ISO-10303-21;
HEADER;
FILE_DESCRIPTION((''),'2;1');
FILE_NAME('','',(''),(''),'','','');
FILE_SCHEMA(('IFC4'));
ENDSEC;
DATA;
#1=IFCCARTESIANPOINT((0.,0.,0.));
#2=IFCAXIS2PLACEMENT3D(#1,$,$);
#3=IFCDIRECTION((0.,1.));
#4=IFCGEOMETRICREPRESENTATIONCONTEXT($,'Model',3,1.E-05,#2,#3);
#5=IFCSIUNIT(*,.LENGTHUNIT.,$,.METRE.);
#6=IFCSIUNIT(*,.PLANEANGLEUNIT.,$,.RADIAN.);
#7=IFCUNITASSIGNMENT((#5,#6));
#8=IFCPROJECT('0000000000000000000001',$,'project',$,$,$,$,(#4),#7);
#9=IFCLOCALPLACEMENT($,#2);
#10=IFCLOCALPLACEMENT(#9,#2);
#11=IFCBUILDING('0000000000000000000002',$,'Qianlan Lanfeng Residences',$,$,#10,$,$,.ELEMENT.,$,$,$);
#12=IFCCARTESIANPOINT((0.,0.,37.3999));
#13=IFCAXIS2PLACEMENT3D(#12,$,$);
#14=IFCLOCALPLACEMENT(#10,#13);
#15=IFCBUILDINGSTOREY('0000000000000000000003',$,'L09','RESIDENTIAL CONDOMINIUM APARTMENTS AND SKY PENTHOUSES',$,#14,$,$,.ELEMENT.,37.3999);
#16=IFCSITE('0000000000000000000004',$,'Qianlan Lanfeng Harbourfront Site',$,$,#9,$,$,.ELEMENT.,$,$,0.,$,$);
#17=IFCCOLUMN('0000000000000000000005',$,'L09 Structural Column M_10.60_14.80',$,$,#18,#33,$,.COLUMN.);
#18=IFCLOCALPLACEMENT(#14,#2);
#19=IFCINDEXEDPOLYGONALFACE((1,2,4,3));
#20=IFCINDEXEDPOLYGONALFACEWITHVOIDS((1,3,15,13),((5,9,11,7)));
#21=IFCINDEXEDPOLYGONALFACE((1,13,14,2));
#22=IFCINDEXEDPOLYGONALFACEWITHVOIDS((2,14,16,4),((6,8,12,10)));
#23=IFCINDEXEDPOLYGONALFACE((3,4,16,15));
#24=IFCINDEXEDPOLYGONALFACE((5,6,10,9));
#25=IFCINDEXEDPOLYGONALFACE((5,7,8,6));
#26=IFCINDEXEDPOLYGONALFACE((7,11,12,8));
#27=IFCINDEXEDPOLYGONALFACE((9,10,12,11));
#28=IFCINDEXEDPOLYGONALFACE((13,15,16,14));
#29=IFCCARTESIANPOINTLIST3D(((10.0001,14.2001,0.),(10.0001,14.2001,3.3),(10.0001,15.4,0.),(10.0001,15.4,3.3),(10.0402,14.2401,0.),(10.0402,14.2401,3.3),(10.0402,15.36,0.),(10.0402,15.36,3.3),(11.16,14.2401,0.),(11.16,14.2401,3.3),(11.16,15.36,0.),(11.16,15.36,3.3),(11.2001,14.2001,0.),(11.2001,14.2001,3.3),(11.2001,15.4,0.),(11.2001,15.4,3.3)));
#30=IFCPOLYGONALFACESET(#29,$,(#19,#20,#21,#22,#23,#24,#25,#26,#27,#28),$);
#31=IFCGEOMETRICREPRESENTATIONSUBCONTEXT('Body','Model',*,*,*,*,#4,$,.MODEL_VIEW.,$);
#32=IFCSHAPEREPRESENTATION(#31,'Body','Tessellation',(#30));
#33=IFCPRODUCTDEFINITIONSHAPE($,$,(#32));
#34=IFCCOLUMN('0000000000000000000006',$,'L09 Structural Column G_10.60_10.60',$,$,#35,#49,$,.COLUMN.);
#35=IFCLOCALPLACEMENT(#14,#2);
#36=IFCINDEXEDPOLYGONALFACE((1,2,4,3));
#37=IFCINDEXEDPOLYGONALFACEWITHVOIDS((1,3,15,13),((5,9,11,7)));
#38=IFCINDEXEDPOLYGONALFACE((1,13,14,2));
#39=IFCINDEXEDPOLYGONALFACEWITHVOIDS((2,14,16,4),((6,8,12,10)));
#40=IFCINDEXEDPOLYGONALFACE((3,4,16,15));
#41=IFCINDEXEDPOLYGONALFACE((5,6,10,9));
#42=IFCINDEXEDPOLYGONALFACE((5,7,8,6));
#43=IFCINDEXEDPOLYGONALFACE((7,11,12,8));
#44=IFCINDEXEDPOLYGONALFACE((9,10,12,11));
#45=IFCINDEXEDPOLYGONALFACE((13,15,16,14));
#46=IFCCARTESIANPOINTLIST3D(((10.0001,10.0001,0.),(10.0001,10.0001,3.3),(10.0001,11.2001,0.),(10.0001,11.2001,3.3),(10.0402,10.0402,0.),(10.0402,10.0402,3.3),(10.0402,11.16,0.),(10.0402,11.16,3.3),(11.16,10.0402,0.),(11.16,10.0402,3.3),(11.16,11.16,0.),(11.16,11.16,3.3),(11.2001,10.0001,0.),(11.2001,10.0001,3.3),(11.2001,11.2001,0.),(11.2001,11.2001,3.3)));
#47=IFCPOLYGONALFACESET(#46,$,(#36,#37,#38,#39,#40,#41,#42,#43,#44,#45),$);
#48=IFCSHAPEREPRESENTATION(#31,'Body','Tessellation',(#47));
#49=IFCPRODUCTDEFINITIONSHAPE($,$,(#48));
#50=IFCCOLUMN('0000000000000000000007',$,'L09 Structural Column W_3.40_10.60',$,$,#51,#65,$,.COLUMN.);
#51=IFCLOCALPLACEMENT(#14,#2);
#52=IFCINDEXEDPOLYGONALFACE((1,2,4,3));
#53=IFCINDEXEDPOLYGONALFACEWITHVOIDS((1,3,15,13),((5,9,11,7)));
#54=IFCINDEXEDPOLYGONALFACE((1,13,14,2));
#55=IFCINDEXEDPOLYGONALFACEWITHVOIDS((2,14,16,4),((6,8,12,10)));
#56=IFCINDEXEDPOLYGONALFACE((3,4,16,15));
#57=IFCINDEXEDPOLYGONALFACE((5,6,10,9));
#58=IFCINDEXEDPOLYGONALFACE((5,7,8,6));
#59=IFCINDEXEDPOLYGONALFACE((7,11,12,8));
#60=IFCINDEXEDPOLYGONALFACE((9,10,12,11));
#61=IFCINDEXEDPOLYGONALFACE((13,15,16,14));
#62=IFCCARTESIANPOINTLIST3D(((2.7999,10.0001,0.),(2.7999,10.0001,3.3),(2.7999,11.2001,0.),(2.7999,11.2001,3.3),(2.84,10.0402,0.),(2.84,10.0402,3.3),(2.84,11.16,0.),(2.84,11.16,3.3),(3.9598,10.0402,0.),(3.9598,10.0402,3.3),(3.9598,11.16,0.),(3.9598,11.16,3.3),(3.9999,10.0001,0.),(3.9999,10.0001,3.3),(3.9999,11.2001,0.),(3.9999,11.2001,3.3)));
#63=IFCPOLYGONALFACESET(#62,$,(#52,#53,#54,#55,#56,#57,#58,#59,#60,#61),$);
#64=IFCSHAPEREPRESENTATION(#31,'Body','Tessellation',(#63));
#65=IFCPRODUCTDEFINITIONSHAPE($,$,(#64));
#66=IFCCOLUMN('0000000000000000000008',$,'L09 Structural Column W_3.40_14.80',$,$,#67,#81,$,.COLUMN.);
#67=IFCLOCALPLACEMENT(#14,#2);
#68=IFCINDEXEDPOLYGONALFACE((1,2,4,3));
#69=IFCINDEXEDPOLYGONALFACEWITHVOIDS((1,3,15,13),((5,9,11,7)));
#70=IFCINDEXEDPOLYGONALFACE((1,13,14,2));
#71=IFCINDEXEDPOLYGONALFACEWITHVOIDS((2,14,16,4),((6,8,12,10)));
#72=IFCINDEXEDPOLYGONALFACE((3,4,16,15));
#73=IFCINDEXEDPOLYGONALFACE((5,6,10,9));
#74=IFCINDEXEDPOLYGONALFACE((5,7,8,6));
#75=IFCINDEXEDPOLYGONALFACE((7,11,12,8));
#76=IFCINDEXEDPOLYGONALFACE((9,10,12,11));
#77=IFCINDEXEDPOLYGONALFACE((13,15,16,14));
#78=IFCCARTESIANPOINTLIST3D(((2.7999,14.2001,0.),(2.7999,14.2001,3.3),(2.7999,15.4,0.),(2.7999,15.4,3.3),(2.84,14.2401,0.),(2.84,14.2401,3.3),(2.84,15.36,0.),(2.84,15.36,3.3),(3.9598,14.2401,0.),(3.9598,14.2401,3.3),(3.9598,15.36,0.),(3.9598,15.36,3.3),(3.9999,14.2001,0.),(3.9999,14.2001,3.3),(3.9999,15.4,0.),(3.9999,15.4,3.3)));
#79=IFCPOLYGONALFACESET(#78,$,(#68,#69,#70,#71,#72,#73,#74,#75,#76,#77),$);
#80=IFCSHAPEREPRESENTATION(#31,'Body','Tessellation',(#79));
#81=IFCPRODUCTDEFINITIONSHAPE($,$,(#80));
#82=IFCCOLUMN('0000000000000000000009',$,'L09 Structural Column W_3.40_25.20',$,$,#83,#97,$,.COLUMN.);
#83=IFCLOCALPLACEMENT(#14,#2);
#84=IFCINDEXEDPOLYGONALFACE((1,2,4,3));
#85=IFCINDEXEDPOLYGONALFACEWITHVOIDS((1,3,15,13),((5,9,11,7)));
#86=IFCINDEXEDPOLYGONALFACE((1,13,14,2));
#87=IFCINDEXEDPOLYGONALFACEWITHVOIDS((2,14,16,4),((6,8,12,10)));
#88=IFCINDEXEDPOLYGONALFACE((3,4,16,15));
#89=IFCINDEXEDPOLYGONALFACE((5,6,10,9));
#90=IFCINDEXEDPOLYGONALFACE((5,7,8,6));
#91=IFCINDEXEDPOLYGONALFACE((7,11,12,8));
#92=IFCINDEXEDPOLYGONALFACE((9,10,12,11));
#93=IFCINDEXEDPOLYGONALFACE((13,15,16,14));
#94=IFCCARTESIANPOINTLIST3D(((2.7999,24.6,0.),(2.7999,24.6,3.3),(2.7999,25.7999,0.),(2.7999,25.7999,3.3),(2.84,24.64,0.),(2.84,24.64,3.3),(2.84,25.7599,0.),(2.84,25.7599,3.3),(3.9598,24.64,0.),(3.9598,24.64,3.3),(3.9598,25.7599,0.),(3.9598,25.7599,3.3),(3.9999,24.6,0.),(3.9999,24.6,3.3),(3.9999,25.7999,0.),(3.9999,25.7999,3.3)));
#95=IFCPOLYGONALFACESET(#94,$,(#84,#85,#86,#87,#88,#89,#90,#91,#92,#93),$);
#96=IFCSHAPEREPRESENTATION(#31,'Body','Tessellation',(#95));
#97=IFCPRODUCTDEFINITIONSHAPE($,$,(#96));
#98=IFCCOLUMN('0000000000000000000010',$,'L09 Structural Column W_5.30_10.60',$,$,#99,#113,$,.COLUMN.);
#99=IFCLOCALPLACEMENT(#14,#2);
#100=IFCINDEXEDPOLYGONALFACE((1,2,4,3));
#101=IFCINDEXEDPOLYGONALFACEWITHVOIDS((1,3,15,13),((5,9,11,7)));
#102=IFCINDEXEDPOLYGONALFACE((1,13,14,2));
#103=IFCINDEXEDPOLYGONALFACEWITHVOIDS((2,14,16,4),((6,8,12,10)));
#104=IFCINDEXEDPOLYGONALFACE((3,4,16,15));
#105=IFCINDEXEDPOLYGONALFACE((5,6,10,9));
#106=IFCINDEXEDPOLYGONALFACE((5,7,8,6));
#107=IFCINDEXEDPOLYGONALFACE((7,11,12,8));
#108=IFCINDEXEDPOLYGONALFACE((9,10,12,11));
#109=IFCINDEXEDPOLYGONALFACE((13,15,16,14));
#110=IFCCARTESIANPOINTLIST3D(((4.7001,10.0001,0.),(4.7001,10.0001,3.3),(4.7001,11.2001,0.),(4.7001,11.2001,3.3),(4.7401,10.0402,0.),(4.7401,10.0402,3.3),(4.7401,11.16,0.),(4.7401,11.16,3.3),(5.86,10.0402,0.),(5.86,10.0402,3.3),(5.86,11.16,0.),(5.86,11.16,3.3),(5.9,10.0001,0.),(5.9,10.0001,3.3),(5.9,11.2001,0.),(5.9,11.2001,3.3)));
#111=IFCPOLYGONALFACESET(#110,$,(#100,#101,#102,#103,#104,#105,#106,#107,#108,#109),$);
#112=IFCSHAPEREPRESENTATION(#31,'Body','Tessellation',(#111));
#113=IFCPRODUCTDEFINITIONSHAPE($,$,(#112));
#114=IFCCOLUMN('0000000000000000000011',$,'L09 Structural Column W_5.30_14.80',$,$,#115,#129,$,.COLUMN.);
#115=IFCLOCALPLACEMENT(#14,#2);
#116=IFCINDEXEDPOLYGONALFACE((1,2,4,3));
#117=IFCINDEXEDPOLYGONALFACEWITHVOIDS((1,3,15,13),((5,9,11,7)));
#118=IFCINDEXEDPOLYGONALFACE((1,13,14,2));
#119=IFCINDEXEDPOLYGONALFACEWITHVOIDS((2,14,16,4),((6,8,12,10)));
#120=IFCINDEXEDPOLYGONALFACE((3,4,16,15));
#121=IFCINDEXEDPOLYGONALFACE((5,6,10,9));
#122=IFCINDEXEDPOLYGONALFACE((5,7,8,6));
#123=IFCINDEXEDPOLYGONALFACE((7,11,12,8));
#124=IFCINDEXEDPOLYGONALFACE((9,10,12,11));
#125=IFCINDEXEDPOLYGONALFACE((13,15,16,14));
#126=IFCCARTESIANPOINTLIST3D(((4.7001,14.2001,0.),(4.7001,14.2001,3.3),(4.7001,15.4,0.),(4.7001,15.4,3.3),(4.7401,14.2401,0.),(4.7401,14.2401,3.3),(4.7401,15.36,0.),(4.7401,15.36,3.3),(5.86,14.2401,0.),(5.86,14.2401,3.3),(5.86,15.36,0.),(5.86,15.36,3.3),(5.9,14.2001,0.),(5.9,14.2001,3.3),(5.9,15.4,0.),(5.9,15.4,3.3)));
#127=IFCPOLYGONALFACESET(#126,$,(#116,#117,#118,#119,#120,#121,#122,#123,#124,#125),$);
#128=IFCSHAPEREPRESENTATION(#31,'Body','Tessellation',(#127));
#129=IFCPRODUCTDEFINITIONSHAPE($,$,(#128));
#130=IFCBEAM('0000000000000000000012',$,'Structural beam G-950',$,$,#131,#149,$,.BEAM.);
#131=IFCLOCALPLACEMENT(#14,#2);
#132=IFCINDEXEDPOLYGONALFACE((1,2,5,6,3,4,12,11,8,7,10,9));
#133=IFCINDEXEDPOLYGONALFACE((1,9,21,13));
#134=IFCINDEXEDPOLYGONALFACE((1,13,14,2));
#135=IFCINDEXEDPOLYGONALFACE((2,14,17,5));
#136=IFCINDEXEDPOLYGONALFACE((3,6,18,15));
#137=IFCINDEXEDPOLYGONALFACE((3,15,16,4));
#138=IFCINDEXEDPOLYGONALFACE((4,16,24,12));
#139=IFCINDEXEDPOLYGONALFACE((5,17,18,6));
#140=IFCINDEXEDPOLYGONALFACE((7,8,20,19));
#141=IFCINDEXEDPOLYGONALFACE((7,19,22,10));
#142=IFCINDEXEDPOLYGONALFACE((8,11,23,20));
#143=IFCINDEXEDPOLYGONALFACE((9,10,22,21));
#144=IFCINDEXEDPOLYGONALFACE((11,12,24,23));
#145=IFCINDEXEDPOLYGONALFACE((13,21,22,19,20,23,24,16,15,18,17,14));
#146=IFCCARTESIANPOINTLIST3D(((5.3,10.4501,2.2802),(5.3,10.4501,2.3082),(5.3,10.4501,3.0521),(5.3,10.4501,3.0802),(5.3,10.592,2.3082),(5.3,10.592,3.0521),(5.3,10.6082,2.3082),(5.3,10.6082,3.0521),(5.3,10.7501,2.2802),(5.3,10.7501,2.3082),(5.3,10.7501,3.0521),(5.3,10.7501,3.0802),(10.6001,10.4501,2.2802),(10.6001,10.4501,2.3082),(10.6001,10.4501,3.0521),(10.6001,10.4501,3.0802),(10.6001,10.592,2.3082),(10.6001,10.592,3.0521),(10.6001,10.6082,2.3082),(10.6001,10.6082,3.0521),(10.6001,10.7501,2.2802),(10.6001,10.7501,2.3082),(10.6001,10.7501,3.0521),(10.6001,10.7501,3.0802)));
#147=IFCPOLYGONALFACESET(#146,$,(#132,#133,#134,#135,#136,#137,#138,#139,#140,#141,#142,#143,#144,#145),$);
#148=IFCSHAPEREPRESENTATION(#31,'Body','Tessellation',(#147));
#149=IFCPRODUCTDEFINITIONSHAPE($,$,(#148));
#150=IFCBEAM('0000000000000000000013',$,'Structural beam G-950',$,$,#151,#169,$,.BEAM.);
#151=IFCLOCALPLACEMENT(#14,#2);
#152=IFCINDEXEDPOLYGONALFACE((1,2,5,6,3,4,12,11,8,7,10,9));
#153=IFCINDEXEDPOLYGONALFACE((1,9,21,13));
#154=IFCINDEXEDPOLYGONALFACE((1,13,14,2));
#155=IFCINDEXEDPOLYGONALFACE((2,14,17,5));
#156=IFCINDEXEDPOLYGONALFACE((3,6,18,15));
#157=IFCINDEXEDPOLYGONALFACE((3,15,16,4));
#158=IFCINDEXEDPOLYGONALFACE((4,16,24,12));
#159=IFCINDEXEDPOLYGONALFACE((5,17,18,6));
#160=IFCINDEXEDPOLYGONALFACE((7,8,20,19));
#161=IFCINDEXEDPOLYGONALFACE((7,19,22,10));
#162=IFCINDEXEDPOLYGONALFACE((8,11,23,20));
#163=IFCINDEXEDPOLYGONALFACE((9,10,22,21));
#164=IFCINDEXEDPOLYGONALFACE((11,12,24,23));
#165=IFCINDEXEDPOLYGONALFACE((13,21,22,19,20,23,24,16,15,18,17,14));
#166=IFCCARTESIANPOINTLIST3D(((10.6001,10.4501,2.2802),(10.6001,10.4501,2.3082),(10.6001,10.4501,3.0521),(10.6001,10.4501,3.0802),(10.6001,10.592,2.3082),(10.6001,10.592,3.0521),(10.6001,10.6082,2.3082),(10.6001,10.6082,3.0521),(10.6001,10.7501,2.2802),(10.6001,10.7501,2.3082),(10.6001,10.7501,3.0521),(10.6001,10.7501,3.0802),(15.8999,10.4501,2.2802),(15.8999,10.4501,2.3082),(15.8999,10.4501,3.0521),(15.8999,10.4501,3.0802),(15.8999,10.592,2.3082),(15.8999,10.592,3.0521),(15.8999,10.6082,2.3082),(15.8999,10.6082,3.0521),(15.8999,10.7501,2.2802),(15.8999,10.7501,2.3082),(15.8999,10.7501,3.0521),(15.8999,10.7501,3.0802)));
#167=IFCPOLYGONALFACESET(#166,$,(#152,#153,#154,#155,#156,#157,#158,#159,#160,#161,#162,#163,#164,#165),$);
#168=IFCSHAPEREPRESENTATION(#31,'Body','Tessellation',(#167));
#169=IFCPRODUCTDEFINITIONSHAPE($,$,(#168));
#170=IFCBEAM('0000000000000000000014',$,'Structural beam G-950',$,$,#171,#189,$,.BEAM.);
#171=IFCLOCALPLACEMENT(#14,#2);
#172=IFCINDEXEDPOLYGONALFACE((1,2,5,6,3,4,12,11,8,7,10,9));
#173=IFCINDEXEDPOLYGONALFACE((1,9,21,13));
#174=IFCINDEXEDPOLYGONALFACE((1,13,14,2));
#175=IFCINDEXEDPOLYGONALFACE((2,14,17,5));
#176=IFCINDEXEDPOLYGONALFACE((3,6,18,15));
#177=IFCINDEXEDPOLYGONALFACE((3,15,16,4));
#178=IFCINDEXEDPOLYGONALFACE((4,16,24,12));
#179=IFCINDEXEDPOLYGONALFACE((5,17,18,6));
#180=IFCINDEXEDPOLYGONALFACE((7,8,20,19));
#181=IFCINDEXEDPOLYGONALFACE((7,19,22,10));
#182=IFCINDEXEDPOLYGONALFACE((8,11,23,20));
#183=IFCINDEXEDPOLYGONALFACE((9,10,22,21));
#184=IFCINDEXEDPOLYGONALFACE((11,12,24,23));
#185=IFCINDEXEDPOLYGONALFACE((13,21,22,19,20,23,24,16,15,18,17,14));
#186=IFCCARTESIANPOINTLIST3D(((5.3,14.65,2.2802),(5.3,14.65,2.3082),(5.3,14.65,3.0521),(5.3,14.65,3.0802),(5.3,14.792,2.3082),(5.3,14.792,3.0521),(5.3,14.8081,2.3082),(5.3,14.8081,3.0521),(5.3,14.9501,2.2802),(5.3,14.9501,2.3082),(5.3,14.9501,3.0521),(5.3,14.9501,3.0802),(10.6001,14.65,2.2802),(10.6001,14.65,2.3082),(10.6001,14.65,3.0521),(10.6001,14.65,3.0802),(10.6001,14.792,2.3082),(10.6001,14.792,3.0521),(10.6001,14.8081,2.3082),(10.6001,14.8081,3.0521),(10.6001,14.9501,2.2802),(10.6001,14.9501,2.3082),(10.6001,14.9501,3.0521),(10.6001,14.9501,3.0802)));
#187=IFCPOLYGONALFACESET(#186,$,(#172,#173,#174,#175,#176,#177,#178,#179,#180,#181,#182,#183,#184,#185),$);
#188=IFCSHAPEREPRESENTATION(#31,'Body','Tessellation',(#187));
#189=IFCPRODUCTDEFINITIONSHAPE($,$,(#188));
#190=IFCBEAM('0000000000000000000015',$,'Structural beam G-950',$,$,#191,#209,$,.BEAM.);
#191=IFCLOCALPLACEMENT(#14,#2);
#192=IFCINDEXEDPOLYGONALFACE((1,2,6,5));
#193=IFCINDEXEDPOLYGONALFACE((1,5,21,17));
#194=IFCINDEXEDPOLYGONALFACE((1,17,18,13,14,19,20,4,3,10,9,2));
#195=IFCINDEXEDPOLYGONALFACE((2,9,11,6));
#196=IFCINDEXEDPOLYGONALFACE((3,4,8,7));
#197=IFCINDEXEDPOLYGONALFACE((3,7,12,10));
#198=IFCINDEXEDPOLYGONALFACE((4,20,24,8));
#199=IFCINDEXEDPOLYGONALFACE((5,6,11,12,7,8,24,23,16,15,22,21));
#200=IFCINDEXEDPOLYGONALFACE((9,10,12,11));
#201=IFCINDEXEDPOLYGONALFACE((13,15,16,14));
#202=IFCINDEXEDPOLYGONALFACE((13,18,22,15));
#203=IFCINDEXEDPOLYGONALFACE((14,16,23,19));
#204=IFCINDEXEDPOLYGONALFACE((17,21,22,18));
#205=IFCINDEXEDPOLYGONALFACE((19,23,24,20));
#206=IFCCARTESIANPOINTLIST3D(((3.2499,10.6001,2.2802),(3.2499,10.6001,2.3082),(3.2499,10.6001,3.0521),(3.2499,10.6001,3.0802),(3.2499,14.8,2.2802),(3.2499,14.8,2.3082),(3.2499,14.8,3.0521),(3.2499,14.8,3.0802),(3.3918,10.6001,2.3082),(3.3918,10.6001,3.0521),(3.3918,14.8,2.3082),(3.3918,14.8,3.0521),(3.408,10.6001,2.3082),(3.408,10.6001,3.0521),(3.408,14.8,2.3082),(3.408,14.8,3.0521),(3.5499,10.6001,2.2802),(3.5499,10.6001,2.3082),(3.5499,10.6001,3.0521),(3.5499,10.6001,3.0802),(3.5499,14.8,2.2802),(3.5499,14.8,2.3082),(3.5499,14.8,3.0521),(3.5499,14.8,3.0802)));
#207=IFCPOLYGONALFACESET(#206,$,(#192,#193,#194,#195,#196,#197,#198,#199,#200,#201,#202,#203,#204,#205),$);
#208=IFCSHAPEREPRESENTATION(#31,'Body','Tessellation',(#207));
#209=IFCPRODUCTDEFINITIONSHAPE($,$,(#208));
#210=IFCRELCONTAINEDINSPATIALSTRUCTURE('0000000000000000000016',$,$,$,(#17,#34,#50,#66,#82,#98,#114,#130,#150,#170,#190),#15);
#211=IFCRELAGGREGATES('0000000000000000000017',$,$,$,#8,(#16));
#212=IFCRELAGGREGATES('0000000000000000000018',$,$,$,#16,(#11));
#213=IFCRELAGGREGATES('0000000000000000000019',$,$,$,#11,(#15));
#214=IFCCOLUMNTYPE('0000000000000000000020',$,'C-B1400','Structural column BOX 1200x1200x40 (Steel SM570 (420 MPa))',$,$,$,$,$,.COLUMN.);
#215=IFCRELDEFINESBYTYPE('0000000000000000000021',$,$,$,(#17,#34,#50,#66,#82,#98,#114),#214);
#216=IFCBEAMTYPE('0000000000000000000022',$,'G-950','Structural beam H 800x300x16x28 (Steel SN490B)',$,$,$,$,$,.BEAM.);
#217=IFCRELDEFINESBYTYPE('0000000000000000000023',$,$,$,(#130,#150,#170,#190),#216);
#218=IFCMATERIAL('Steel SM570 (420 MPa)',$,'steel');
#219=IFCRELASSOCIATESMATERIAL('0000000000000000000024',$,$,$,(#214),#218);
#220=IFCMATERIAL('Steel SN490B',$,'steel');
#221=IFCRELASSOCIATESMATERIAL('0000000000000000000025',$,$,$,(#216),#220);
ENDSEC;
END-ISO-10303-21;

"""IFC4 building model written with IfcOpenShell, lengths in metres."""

from ifc_helpers import new_model, si_unit, direction, frame, origin, origin_2d, place, context, subcontext, project, spatial, hollow_rectangle, i_section, extrude, material, material_profile, profile_set, type_object, element, save


model = new_model("IFC4")

# Units and contexts
model_context = context("Model", 3, precision=1e-05, world=origin(), true_north=direction((0.0, 1.0)))
body_context = subcontext(model_context, "Body", "Model", "MODEL_VIEW")
ifc_project = project(units=[si_unit("LENGTHUNIT", "METRE"), si_unit("PLANEANGLEUNIT", "RADIAN")], contexts=[model_context])

# Site, building, storey
site_placement = place(None, origin())
site = spatial("IfcSite", under=ifc_project, at=site_placement, Name="Qianlan Lanfeng Harbourfront Site", CompositionType="ELEMENT", RefElevation=0.0)
building_placement = place(site_placement, origin())
building = spatial("IfcBuilding", under=site, at=building_placement, Name="Qianlan Lanfeng Residences", CompositionType="ELEMENT")
storey_placement = place(building_placement, frame((0.0, 0.0, 37.3999)))
storey = spatial("IfcBuildingStorey", under=building, at=storey_placement, Name="L09", Description="RESIDENTIAL CONDOMINIUM APARTMENTS AND SKY PENTHOUSES", CompositionType="ELEMENT", Elevation=37.3999)

# Columns
ifc_material_1 = material(Name="Steel SM570 (420 MPa)", Category="steel")
ifc_material_profile_1 = material_profile(ifc_material_1, hollow_rectangle(XDim=1.2, YDim=1.2, WallThickness=0.04, at=origin_2d()), Name="BOX 1200x1200x40")
ifc_profile_set_1 = profile_set([ifc_material_profile_1], Name="Steel SM570 (420 MPa)")
column_type = type_object("IfcColumnType", Name="C-B1400", Description="Structural column BOX 1200x1200x40 (Steel SM570 (420 MPa))", PredefinedType="COLUMN", material=ifc_profile_set_1)
for number, where, z_axis, x_axis, name in (
    (1, (10.6001, 14.8, 0.0), (0.0, 0.0, 1.0), (1.0, 0.0, 0.0), "L09 Structural Column M_10.60_14.80"),
    (2, (10.6001, 10.6001, 0.0), (0.0, 0.0, 1.0), (1.0, 0.0, 0.0), "L09 Structural Column G_10.60_10.60"),
    (3, (3.3999, 10.6001, 0.0), (0.0, 0.0, 1.0), (1.0, 0.0, 0.0), "L09 Structural Column W_3.40_10.60"),
    (4, (3.3999, 14.8, 0.0), (0.0, 0.0, 1.0), (1.0, 0.0, 0.0), "L09 Structural Column W_3.40_14.80"),
    (5, (3.3999, 25.2, 0.0), (0.0, 0.0, 1.0), (1.0, 0.0, 0.0), "L09 Structural Column W_3.40_25.20"),
    (6, (5.3, 10.6001, 0.0), (0.0, 0.0, 1.0), (1.0, 0.0, 0.0), "L09 Structural Column W_5.30_10.60"),
    (7, (5.3, 14.8, 0.0), (0.0, 0.0, 1.0), (1.0, 0.0, 0.0), "L09 Structural Column W_5.30_14.80"),
):
    element("IfcColumn", number, at=place(storey_placement, frame(where, z_axis=z_axis, x_axis=x_axis)), inside=storey, type_object=column_type, Name=name, PredefinedType="COLUMN", context=body_context, shape_type="SweptSolid", body=[
        extrude(hollow_rectangle(XDim=1.2, YDim=1.2, WallThickness=0.04, at=origin_2d()), origin(), (0.0, 0.0, 1.0), 3.3),
    ])

# Beams
ifc_material_2 = material(Name="Steel SN490B", Category="steel")
ifc_material_profile_2 = material_profile(ifc_material_2, i_section(OverallWidth=0.3, OverallDepth=0.8, WebThickness=0.0161, FlangeThickness=0.0281, at=origin_2d()), Name="H 800x300x16x28")
ifc_profile_set_2 = profile_set([ifc_material_profile_2], Name="Steel SN490B")
beam_type_1 = type_object("IfcBeamType", Name="G-950", Description="Structural beam H 800x300x16x28 (Steel SN490B)", PredefinedType="BEAM", material=ifc_profile_set_2)
beam_1_placement = place(storey_placement, frame((5.3, 10.6001, 2.6802), z_axis=(1.0, 0.0, 0.0), x_axis=(0.0, 1.0, 0.0)))
element("IfcBeam", 8, at=beam_1_placement, inside=storey, type_object=beam_type_1, Name="Structural beam G-950", PredefinedType="BEAM", context=body_context, shape_type="SweptSolid", body=[
    extrude(i_section(OverallWidth=0.3, OverallDepth=0.8, WebThickness=0.0161, FlangeThickness=0.0281, at=origin_2d()), origin(), (0.0, 0.0, 1.0), 5.3),
])
beam_2_placement = place(storey_placement, frame((10.6001, 10.6001, 2.6802), z_axis=(1.0, 0.0, 0.0), x_axis=(0.0, 1.0, 0.0)))
element("IfcBeam", 9, at=beam_2_placement, inside=storey, type_object=beam_type_1, Name="Structural beam G-950", PredefinedType="BEAM", context=body_context, shape_type="SweptSolid", body=[
    extrude(i_section(OverallWidth=0.3, OverallDepth=0.8, WebThickness=0.0161, FlangeThickness=0.0281, at=origin_2d()), origin(), (0.0, 0.0, 1.0), 5.2998),
])
beam_3_placement = place(storey_placement, frame((5.3, 14.8, 2.6802), z_axis=(1.0, 0.0, 0.0), x_axis=(0.0, 1.0, 0.0)))
element("IfcBeam", 10, at=beam_3_placement, inside=storey, type_object=beam_type_1, Name="Structural beam G-950", PredefinedType="BEAM", context=body_context, shape_type="SweptSolid", body=[
    extrude(i_section(OverallWidth=0.3, OverallDepth=0.8, WebThickness=0.0161, FlangeThickness=0.0281, at=origin_2d()), origin(), (0.0, 0.0, 1.0), 5.3),
])
beam_4_placement = place(storey_placement, frame((3.3999, 10.6001, 2.6802), z_axis=(0.0, 1.0, 0.0), x_axis=(-1.0, 0.0, 0.0)))
element("IfcBeam", 11, at=beam_4_placement, inside=storey, type_object=beam_type_1, Name="Structural beam G-950", PredefinedType="BEAM", context=body_context, shape_type="SweptSolid", body=[
    extrude(i_section(OverallWidth=0.3, OverallDepth=0.8, WebThickness=0.0161, FlangeThickness=0.0281, at=origin_2d()), origin(), (0.0, 0.0, 1.0), 4.2),
])

save(model, "model.ifc")
